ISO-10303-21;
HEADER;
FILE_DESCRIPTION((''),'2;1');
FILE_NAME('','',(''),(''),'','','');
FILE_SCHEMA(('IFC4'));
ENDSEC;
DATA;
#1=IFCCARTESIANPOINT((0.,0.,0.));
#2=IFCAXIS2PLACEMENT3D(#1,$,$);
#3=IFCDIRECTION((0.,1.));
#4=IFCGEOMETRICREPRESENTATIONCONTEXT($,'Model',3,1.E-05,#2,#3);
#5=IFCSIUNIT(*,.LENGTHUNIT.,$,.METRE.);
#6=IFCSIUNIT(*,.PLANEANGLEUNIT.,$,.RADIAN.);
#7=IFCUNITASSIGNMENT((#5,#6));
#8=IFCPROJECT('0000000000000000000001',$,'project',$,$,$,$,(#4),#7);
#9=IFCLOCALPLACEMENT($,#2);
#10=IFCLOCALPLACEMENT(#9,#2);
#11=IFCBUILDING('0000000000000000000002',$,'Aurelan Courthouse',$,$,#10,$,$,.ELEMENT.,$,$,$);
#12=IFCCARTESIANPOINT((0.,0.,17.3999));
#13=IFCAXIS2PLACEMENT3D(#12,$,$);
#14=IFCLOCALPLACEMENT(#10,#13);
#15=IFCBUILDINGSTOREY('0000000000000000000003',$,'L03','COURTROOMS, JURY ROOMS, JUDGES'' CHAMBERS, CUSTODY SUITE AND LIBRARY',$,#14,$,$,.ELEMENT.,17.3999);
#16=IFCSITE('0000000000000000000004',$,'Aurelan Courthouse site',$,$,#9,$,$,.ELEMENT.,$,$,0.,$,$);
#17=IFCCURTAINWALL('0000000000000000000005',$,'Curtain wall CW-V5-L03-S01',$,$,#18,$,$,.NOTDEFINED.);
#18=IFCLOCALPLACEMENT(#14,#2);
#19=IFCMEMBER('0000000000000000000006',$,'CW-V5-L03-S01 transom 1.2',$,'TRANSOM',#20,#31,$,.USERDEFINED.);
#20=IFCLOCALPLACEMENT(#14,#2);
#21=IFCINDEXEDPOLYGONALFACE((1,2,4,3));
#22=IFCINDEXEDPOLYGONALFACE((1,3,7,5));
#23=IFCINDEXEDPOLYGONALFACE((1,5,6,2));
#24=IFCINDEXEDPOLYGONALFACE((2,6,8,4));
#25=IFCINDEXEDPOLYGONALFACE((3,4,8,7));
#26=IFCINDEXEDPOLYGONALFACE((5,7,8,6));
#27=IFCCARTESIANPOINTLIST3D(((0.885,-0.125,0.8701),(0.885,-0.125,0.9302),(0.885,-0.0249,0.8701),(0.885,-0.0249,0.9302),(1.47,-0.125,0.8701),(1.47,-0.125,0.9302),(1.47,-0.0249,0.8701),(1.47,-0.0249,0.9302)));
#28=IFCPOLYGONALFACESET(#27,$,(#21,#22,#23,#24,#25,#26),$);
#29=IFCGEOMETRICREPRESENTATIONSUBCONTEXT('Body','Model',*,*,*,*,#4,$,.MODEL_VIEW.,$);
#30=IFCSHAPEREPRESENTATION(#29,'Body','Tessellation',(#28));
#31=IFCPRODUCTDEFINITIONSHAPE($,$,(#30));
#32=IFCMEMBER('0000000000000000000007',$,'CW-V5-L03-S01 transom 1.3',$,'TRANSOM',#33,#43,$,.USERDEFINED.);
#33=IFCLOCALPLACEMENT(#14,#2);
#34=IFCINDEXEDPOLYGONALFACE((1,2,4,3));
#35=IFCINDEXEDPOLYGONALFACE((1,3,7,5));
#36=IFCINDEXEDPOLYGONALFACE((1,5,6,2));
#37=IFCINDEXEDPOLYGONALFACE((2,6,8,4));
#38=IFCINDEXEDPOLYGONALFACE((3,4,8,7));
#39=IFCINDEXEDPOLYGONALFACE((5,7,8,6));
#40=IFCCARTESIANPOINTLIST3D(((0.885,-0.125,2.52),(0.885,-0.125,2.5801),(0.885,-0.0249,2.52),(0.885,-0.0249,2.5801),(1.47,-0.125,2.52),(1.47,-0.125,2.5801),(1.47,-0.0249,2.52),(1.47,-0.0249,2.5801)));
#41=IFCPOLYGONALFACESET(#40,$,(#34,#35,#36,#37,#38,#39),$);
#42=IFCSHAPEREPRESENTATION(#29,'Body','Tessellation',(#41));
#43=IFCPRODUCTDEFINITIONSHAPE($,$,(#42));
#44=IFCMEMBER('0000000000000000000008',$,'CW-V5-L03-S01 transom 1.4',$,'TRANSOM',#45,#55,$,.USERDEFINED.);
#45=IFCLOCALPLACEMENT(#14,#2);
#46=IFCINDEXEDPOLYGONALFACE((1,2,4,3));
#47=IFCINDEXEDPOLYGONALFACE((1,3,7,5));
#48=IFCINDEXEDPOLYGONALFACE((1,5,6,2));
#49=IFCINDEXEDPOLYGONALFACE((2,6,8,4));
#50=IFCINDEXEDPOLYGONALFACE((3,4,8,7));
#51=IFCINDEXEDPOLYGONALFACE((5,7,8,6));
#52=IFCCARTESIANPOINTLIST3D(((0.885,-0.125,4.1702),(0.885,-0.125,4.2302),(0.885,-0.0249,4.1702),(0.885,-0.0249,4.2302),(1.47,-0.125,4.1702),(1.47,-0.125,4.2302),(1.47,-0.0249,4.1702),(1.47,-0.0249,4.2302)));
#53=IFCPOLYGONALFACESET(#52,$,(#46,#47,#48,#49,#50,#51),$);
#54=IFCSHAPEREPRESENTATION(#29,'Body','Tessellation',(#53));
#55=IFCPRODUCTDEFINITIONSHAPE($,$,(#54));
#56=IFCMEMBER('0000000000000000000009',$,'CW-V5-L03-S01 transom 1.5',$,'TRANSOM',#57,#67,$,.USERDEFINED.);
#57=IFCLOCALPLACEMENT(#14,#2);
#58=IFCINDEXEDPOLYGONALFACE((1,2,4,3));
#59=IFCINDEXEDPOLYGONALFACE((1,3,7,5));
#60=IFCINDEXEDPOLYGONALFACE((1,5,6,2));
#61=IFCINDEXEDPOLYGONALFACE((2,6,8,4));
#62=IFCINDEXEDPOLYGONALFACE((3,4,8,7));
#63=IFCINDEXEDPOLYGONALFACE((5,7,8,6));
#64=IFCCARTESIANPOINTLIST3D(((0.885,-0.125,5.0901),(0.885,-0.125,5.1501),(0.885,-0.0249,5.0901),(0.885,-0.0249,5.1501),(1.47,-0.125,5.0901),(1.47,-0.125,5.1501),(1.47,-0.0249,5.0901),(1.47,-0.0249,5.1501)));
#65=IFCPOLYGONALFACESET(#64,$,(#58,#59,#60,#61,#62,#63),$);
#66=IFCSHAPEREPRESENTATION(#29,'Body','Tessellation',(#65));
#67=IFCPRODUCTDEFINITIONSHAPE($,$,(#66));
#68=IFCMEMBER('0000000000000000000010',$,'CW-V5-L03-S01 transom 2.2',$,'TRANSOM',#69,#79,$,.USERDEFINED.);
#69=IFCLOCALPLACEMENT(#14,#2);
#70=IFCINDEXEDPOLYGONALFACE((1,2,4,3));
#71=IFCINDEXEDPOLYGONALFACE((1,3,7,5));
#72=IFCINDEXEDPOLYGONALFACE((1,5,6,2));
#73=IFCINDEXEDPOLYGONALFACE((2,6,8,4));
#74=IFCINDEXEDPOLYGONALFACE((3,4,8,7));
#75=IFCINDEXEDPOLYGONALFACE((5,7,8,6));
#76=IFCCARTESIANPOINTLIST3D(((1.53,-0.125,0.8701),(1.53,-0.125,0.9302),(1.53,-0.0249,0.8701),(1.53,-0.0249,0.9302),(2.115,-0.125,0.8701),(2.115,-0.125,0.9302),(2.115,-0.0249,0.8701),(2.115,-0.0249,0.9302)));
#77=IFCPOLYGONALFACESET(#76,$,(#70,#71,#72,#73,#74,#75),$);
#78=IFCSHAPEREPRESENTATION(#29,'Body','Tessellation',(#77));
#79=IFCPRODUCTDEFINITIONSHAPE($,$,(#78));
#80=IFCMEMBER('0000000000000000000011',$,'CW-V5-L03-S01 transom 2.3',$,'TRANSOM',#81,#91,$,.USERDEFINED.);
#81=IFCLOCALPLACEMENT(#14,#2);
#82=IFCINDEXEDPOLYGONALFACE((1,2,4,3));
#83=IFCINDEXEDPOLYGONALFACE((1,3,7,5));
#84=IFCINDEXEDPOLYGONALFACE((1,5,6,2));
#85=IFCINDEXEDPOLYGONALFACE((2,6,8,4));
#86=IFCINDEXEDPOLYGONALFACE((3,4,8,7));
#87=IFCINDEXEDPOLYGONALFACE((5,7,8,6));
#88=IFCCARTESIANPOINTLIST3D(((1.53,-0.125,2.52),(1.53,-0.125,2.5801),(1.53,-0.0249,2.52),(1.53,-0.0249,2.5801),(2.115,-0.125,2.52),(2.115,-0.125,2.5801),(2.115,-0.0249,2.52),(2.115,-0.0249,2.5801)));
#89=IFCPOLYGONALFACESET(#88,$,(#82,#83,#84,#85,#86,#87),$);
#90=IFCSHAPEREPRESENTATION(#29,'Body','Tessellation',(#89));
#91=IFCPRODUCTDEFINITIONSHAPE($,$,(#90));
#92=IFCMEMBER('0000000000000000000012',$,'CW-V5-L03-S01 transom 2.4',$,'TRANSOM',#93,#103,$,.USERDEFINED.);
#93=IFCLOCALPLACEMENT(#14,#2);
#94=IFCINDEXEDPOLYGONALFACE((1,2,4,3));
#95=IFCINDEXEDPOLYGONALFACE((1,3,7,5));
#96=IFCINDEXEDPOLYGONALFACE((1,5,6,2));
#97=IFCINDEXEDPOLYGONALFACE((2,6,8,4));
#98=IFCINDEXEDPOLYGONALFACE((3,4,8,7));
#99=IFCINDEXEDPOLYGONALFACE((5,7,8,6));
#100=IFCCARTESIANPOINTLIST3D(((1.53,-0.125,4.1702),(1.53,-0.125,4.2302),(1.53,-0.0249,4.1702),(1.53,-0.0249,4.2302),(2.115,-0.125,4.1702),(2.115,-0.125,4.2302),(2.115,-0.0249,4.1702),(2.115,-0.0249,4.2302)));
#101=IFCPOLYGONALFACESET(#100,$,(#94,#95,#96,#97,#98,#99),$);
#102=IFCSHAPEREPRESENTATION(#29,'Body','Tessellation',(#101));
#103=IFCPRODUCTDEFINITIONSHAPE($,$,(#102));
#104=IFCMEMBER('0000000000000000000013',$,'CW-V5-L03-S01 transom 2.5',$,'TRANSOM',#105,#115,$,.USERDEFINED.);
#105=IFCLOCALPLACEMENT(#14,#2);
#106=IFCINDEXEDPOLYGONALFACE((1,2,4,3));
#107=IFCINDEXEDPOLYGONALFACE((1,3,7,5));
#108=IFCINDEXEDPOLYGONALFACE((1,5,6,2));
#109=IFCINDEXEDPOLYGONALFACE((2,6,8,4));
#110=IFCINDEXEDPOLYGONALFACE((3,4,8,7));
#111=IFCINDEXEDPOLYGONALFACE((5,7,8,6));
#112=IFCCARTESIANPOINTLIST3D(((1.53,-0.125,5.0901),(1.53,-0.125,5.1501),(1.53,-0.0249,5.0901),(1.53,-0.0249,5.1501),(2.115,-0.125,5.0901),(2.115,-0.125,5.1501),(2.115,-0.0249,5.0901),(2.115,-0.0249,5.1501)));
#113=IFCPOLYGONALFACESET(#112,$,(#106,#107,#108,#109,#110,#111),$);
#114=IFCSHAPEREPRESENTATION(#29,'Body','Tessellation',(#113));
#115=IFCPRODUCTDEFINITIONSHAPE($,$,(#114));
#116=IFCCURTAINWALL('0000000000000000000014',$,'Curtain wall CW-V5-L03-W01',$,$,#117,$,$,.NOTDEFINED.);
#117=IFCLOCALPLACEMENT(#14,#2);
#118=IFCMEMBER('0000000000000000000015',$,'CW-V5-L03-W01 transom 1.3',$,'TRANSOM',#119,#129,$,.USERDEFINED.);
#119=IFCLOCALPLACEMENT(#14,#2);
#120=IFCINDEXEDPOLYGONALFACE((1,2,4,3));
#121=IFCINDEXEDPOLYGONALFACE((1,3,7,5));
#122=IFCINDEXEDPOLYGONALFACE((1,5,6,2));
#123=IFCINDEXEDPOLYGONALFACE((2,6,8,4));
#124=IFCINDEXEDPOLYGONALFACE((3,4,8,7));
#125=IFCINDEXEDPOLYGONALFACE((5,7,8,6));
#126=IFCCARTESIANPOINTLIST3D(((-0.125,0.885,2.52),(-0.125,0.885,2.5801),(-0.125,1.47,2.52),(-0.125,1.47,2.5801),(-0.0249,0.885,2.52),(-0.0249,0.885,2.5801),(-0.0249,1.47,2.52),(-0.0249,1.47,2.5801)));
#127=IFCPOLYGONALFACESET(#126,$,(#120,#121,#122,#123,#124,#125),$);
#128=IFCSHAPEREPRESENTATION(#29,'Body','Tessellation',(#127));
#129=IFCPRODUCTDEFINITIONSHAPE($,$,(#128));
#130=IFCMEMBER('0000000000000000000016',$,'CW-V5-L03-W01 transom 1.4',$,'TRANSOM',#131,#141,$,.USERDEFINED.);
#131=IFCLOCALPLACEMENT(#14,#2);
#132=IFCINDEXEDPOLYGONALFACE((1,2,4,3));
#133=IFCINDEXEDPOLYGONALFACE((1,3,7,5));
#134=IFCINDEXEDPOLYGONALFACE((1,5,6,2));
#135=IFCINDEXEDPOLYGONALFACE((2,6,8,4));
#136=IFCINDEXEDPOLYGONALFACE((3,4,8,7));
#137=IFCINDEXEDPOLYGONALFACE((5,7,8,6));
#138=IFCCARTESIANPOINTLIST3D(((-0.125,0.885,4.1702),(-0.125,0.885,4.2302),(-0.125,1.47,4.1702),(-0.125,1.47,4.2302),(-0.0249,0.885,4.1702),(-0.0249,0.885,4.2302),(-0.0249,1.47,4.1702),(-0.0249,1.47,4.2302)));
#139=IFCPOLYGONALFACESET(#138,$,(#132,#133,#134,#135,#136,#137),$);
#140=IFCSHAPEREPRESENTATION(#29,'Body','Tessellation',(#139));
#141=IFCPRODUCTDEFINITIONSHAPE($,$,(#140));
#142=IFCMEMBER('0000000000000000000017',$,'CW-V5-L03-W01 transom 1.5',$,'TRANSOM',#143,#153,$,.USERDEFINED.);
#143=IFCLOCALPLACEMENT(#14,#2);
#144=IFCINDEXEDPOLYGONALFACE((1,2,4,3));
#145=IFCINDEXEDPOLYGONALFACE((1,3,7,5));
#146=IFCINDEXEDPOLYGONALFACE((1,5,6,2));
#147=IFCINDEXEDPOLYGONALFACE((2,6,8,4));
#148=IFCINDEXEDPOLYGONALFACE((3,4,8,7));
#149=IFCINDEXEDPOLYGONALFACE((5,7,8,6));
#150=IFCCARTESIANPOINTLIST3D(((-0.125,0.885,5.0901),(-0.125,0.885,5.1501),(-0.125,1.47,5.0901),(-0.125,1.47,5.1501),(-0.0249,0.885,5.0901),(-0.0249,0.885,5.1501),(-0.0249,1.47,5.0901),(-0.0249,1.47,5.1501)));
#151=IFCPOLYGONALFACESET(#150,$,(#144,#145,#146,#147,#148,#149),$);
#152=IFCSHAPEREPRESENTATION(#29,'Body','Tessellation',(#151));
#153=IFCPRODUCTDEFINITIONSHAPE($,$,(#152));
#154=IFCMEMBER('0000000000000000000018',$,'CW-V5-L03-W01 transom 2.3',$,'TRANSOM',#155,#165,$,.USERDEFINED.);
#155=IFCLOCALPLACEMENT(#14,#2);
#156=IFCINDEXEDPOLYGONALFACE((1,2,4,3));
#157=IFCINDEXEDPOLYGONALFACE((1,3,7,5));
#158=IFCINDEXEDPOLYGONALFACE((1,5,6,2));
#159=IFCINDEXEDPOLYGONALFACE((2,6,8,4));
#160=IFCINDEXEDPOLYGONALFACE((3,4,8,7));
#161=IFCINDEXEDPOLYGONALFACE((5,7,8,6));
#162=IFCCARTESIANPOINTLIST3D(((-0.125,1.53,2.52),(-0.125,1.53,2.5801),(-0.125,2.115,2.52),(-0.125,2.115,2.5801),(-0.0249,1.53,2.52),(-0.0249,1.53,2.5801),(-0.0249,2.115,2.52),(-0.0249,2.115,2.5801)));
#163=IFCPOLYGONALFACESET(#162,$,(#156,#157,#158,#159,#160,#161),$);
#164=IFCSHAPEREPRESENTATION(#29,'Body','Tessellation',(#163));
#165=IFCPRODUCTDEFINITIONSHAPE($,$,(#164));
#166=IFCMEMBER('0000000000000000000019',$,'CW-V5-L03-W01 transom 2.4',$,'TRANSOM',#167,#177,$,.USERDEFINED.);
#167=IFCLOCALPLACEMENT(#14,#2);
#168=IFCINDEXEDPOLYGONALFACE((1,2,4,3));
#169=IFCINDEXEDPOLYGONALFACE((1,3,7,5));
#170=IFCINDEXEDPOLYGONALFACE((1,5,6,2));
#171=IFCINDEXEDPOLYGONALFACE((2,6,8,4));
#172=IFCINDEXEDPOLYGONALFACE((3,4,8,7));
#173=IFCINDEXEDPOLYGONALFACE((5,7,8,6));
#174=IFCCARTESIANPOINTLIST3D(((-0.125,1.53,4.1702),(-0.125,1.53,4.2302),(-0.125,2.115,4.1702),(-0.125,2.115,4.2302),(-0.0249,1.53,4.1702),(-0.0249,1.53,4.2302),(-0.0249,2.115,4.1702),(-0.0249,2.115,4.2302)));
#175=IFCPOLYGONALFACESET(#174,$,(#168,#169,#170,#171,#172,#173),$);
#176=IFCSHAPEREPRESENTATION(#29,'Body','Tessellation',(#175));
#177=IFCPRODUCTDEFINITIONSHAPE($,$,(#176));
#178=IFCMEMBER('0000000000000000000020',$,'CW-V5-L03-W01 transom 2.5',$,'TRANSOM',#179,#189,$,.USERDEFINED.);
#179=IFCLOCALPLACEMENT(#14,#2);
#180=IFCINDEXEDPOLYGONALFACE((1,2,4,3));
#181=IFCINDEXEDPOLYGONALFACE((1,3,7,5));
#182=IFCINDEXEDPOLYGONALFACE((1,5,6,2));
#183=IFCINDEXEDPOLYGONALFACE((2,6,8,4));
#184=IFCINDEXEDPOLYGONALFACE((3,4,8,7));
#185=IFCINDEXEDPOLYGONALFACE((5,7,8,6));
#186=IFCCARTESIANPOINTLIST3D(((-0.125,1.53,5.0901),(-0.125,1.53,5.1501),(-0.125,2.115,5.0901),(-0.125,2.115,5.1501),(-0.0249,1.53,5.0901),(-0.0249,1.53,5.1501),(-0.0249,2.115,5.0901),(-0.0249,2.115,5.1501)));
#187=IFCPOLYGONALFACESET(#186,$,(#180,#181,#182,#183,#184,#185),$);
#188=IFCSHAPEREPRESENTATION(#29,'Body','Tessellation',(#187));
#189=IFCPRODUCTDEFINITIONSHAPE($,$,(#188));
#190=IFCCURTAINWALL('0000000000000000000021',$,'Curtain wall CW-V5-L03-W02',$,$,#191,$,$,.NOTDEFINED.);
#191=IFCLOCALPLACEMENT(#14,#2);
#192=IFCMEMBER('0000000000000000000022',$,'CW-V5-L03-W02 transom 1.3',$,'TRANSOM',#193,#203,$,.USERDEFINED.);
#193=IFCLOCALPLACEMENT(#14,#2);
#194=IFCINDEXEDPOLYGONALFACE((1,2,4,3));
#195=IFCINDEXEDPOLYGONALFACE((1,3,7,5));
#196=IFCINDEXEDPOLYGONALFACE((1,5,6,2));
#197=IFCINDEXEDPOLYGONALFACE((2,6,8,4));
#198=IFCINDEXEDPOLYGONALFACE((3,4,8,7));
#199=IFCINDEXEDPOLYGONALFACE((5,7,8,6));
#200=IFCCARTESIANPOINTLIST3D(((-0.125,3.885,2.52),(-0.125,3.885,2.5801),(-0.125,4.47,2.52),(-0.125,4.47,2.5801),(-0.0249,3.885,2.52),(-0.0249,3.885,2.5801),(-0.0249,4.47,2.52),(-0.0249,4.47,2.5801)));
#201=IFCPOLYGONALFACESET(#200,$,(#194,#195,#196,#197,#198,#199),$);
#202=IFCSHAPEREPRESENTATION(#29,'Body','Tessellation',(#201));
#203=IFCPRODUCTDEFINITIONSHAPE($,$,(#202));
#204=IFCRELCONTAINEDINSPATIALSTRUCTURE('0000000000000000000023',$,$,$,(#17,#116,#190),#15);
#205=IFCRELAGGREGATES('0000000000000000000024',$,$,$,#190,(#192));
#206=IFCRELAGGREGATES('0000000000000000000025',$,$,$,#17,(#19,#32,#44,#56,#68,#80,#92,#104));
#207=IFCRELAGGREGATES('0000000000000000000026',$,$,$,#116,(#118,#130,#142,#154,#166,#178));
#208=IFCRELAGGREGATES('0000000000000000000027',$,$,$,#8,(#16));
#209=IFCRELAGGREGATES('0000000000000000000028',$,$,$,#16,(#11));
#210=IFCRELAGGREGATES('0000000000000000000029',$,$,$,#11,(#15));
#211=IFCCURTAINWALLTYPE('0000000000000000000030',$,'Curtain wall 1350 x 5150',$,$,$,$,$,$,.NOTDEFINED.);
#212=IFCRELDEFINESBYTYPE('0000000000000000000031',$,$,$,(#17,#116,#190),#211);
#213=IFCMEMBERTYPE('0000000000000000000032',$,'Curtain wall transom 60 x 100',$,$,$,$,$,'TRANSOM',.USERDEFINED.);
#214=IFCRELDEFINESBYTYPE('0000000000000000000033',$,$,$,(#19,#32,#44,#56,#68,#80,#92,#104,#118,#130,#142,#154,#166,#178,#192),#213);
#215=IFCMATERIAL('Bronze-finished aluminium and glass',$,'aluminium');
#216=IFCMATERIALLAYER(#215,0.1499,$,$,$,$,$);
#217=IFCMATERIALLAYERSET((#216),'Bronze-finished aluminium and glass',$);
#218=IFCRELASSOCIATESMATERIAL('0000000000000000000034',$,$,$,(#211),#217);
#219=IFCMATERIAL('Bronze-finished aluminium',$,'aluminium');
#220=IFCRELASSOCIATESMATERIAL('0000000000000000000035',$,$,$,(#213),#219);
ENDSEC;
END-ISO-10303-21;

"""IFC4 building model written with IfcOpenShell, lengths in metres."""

from ifc_helpers import new_model, si_unit, direction, frame, origin, origin_2d, place, context, subcontext, project, spatial, rectangle, extrude, material, layer, layer_set, material_profile, profile_set, type_object, element, aggregate, save


model = new_model("IFC4")

# Units and contexts
model_context = context("Model", 3, precision=1e-05, world=origin(), true_north=direction((0.0, 1.0)))
body_context = subcontext(model_context, "Body", "Model", "MODEL_VIEW")
ifc_project = project(units=[si_unit("LENGTHUNIT", "METRE"), si_unit("PLANEANGLEUNIT", "RADIAN")], contexts=[model_context])

# Site, building, storey
site_placement = place(None, origin())
site = spatial("IfcSite", under=ifc_project, at=site_placement, Name="Aurelan Courthouse site", CompositionType="ELEMENT", RefElevation=0.0)
building_placement = place(site_placement, origin())
building = spatial("IfcBuilding", under=site, at=building_placement, Name="Aurelan Courthouse", CompositionType="ELEMENT")
storey_placement = place(building_placement, frame((0.0, 0.0, 17.3999)))
storey = spatial("IfcBuildingStorey", under=building, at=storey_placement, Name="L03", Description="COURTROOMS, JURY ROOMS, JUDGES' CHAMBERS, CUSTODY SUITE AND LIBRARY", CompositionType="ELEMENT", Elevation=17.3999)

# Curtain walls, members
ifc_material_1 = material(Name="Bronze-finished aluminium and glass", Category="aluminium")
ifc_layer_1 = layer(ifc_material_1, 0.1499)
ifc_layer_set_1 = layer_set([ifc_layer_1], Name="Bronze-finished aluminium and glass")
curtain_wall_type = type_object("IfcCurtainWallType", Name="Curtain wall 1350 x 5150", PredefinedType="NOTDEFINED", material=ifc_layer_set_1)
curtain_wall_1_placement = place(storey_placement, origin())
curtain_wall_1 = element("IfcCurtainWall", 1, at=curtain_wall_1_placement, inside=storey, type_object=curtain_wall_type, Name="Curtain wall CW-V5-L03-S01", PredefinedType="NOTDEFINED")
ifc_material_2 = material(Name="Bronze-finished aluminium", Category="aluminium")
ifc_material_profile = material_profile(ifc_material_2, rectangle(XDim=0.1001, YDim=0.0601, at=origin_2d()), Name="Bronze transom 60 x 100")
ifc_profile_set = profile_set([ifc_material_profile], Name="Bronze-finished aluminium")
member_type = type_object("IfcMemberType", Name="Curtain wall transom 60 x 100", ElementType="TRANSOM", PredefinedType="USERDEFINED", material=ifc_profile_set)
member_1_placement = place(storey_placement, frame((0.885, -0.075, 0.9001), z_axis=(1.0, 0.0, 0.0), x_axis=(0.0, 1.0, 0.0)))
member_1 = element("IfcMember", 2, at=member_1_placement, type_object=member_type, Name="CW-V5-L03-S01 transom 1.2", ObjectType="TRANSOM", PredefinedType="USERDEFINED", context=body_context, shape_type="SweptSolid", body=[
    extrude(rectangle(XDim=0.1001, YDim=0.0601, at=origin_2d()), origin(), (0.0, 0.0, 1.0), 0.585),
])
member_2_placement = place(storey_placement, frame((0.885, -0.075, 2.55), z_axis=(1.0, 0.0, 0.0), x_axis=(0.0, 1.0, 0.0)))
member_2 = element("IfcMember", 3, at=member_2_placement, type_object=member_type, Name="CW-V5-L03-S01 transom 1.3", ObjectType="TRANSOM", PredefinedType="USERDEFINED", context=body_context, shape_type="SweptSolid", body=[
    extrude(rectangle(XDim=0.1001, YDim=0.0601, at=origin_2d()), origin(), (0.0, 0.0, 1.0), 0.585),
])
member_3_placement = place(storey_placement, frame((0.885, -0.075, 4.2002), z_axis=(1.0, 0.0, 0.0), x_axis=(0.0, 1.0, 0.0)))
member_3 = element("IfcMember", 4, at=member_3_placement, type_object=member_type, Name="CW-V5-L03-S01 transom 1.4", ObjectType="TRANSOM", PredefinedType="USERDEFINED", context=body_context, shape_type="SweptSolid", body=[
    extrude(rectangle(XDim=0.1001, YDim=0.0601, at=origin_2d()), origin(), (0.0, 0.0, 1.0), 0.585),
])
member_4_placement = place(storey_placement, frame((0.885, -0.075, 5.1201), z_axis=(1.0, 0.0, 0.0), x_axis=(0.0, 1.0, 0.0)))
member_4 = element("IfcMember", 5, at=member_4_placement, type_object=member_type, Name="CW-V5-L03-S01 transom 1.5", ObjectType="TRANSOM", PredefinedType="USERDEFINED", context=body_context, shape_type="SweptSolid", body=[
    extrude(rectangle(XDim=0.1001, YDim=0.0601, at=origin_2d()), origin(), (0.0, 0.0, 1.0), 0.585),
])
member_5_placement = place(storey_placement, frame((1.53, -0.075, 0.9001), z_axis=(1.0, 0.0, 0.0), x_axis=(0.0, 1.0, 0.0)))
member_5 = element("IfcMember", 6, at=member_5_placement, type_object=member_type, Name="CW-V5-L03-S01 transom 2.2", ObjectType="TRANSOM", PredefinedType="USERDEFINED", context=body_context, shape_type="SweptSolid", body=[
    extrude(rectangle(XDim=0.1001, YDim=0.0601, at=origin_2d()), origin(), (0.0, 0.0, 1.0), 0.585),
])
member_6_placement = place(storey_placement, frame((1.53, -0.075, 2.55), z_axis=(1.0, 0.0, 0.0), x_axis=(0.0, 1.0, 0.0)))
member_6 = element("IfcMember", 7, at=member_6_placement, type_object=member_type, Name="CW-V5-L03-S01 transom 2.3", ObjectType="TRANSOM", PredefinedType="USERDEFINED", context=body_context, shape_type="SweptSolid", body=[
    extrude(rectangle(XDim=0.1001, YDim=0.0601, at=origin_2d()), origin(), (0.0, 0.0, 1.0), 0.585),
])
member_7_placement = place(storey_placement, frame((1.53, -0.075, 4.2002), z_axis=(1.0, 0.0, 0.0), x_axis=(0.0, 1.0, 0.0)))
member_7 = element("IfcMember", 8, at=member_7_placement, type_object=member_type, Name="CW-V5-L03-S01 transom 2.4", ObjectType="TRANSOM", PredefinedType="USERDEFINED", context=body_context, shape_type="SweptSolid", body=[
    extrude(rectangle(XDim=0.1001, YDim=0.0601, at=origin_2d()), origin(), (0.0, 0.0, 1.0), 0.585),
])
member_8_placement = place(storey_placement, frame((1.53, -0.075, 5.1201), z_axis=(1.0, 0.0, 0.0), x_axis=(0.0, 1.0, 0.0)))
member_8 = element("IfcMember", 9, at=member_8_placement, type_object=member_type, Name="CW-V5-L03-S01 transom 2.5", ObjectType="TRANSOM", PredefinedType="USERDEFINED", context=body_context, shape_type="SweptSolid", body=[
    extrude(rectangle(XDim=0.1001, YDim=0.0601, at=origin_2d()), origin(), (0.0, 0.0, 1.0), 0.585),
])
curtain_wall_2_placement = place(storey_placement, origin())
curtain_wall_2 = element("IfcCurtainWall", 10, at=curtain_wall_2_placement, inside=storey, type_object=curtain_wall_type, Name="Curtain wall CW-V5-L03-W01", PredefinedType="NOTDEFINED")
member_9_placement = place(storey_placement, frame((-0.075, 0.885, 2.55), z_axis=(0.0, 1.0, 0.0), x_axis=(-1.0, 0.0, 0.0)))
member_9 = element("IfcMember", 11, at=member_9_placement, type_object=member_type, Name="CW-V5-L03-W01 transom 1.3", ObjectType="TRANSOM", PredefinedType="USERDEFINED", context=body_context, shape_type="SweptSolid", body=[
    extrude(rectangle(XDim=0.1001, YDim=0.0601, at=origin_2d()), origin(), (0.0, 0.0, 1.0), 0.585),
])
member_10_placement = place(storey_placement, frame((-0.075, 0.885, 4.2002), z_axis=(0.0, 1.0, 0.0), x_axis=(-1.0, 0.0, 0.0)))
member_10 = element("IfcMember", 12, at=member_10_placement, type_object=member_type, Name="CW-V5-L03-W01 transom 1.4", ObjectType="TRANSOM", PredefinedType="USERDEFINED", context=body_context, shape_type="SweptSolid", body=[
    extrude(rectangle(XDim=0.1001, YDim=0.0601, at=origin_2d()), origin(), (0.0, 0.0, 1.0), 0.585),
])
member_11_placement = place(storey_placement, frame((-0.075, 0.885, 5.1201), z_axis=(0.0, 1.0, 0.0), x_axis=(-1.0, 0.0, 0.0)))
member_11 = element("IfcMember", 13, at=member_11_placement, type_object=member_type, Name="CW-V5-L03-W01 transom 1.5", ObjectType="TRANSOM", PredefinedType="USERDEFINED", context=body_context, shape_type="SweptSolid", body=[
    extrude(rectangle(XDim=0.1001, YDim=0.0601, at=origin_2d()), origin(), (0.0, 0.0, 1.0), 0.585),
])
member_12_placement = place(storey_placement, frame((-0.075, 1.53, 2.55), z_axis=(0.0, 1.0, 0.0), x_axis=(-1.0, 0.0, 0.0)))
member_12 = element("IfcMember", 14, at=member_12_placement, type_object=member_type, Name="CW-V5-L03-W01 transom 2.3", ObjectType="TRANSOM", PredefinedType="USERDEFINED", context=body_context, shape_type="SweptSolid", body=[
    extrude(rectangle(XDim=0.1001, YDim=0.0601, at=origin_2d()), origin(), (0.0, 0.0, 1.0), 0.585),
])
member_13_placement = place(storey_placement, frame((-0.075, 1.53, 4.2002), z_axis=(0.0, 1.0, 0.0), x_axis=(-1.0, 0.0, 0.0)))
member_13 = element("IfcMember", 15, at=member_13_placement, type_object=member_type, Name="CW-V5-L03-W01 transom 2.4", ObjectType="TRANSOM", PredefinedType="USERDEFINED", context=body_context, shape_type="SweptSolid", body=[
    extrude(rectangle(XDim=0.1001, YDim=0.0601, at=origin_2d()), origin(), (0.0, 0.0, 1.0), 0.585),
])
member_14_placement = place(storey_placement, frame((-0.075, 1.53, 5.1201), z_axis=(0.0, 1.0, 0.0), x_axis=(-1.0, 0.0, 0.0)))
member_14 = element("IfcMember", 16, at=member_14_placement, type_object=member_type, Name="CW-V5-L03-W01 transom 2.5", ObjectType="TRANSOM", PredefinedType="USERDEFINED", context=body_context, shape_type="SweptSolid", body=[
    extrude(rectangle(XDim=0.1001, YDim=0.0601, at=origin_2d()), origin(), (0.0, 0.0, 1.0), 0.585),
])

# Curtain wall, member
curtain_wall_3_placement = place(storey_placement, origin())
curtain_wall_3 = element("IfcCurtainWall", 17, at=curtain_wall_3_placement, inside=storey, type_object=curtain_wall_type, Name="Curtain wall CW-V5-L03-W02", PredefinedType="NOTDEFINED")
member_15_placement = place(storey_placement, frame((-0.075, 3.885, 2.55), z_axis=(0.0, 1.0, 0.0), x_axis=(-1.0, 0.0, 0.0)))
member_15 = element("IfcMember", 18, at=member_15_placement, type_object=member_type, Name="CW-V5-L03-W02 transom 1.3", ObjectType="TRANSOM", PredefinedType="USERDEFINED", context=body_context, shape_type="SweptSolid", body=[
    extrude(rectangle(XDim=0.1001, YDim=0.0601, at=origin_2d()), origin(), (0.0, 0.0, 1.0), 0.585),
])
aggregate(curtain_wall_3, [member_15])

aggregate(curtain_wall_1, [member_1, member_2, member_3, member_4, member_5, member_6, member_7, member_8])
aggregate(curtain_wall_2, [member_9, member_10, member_11, member_12, member_13, member_14])

save(model, "model.ifc")
